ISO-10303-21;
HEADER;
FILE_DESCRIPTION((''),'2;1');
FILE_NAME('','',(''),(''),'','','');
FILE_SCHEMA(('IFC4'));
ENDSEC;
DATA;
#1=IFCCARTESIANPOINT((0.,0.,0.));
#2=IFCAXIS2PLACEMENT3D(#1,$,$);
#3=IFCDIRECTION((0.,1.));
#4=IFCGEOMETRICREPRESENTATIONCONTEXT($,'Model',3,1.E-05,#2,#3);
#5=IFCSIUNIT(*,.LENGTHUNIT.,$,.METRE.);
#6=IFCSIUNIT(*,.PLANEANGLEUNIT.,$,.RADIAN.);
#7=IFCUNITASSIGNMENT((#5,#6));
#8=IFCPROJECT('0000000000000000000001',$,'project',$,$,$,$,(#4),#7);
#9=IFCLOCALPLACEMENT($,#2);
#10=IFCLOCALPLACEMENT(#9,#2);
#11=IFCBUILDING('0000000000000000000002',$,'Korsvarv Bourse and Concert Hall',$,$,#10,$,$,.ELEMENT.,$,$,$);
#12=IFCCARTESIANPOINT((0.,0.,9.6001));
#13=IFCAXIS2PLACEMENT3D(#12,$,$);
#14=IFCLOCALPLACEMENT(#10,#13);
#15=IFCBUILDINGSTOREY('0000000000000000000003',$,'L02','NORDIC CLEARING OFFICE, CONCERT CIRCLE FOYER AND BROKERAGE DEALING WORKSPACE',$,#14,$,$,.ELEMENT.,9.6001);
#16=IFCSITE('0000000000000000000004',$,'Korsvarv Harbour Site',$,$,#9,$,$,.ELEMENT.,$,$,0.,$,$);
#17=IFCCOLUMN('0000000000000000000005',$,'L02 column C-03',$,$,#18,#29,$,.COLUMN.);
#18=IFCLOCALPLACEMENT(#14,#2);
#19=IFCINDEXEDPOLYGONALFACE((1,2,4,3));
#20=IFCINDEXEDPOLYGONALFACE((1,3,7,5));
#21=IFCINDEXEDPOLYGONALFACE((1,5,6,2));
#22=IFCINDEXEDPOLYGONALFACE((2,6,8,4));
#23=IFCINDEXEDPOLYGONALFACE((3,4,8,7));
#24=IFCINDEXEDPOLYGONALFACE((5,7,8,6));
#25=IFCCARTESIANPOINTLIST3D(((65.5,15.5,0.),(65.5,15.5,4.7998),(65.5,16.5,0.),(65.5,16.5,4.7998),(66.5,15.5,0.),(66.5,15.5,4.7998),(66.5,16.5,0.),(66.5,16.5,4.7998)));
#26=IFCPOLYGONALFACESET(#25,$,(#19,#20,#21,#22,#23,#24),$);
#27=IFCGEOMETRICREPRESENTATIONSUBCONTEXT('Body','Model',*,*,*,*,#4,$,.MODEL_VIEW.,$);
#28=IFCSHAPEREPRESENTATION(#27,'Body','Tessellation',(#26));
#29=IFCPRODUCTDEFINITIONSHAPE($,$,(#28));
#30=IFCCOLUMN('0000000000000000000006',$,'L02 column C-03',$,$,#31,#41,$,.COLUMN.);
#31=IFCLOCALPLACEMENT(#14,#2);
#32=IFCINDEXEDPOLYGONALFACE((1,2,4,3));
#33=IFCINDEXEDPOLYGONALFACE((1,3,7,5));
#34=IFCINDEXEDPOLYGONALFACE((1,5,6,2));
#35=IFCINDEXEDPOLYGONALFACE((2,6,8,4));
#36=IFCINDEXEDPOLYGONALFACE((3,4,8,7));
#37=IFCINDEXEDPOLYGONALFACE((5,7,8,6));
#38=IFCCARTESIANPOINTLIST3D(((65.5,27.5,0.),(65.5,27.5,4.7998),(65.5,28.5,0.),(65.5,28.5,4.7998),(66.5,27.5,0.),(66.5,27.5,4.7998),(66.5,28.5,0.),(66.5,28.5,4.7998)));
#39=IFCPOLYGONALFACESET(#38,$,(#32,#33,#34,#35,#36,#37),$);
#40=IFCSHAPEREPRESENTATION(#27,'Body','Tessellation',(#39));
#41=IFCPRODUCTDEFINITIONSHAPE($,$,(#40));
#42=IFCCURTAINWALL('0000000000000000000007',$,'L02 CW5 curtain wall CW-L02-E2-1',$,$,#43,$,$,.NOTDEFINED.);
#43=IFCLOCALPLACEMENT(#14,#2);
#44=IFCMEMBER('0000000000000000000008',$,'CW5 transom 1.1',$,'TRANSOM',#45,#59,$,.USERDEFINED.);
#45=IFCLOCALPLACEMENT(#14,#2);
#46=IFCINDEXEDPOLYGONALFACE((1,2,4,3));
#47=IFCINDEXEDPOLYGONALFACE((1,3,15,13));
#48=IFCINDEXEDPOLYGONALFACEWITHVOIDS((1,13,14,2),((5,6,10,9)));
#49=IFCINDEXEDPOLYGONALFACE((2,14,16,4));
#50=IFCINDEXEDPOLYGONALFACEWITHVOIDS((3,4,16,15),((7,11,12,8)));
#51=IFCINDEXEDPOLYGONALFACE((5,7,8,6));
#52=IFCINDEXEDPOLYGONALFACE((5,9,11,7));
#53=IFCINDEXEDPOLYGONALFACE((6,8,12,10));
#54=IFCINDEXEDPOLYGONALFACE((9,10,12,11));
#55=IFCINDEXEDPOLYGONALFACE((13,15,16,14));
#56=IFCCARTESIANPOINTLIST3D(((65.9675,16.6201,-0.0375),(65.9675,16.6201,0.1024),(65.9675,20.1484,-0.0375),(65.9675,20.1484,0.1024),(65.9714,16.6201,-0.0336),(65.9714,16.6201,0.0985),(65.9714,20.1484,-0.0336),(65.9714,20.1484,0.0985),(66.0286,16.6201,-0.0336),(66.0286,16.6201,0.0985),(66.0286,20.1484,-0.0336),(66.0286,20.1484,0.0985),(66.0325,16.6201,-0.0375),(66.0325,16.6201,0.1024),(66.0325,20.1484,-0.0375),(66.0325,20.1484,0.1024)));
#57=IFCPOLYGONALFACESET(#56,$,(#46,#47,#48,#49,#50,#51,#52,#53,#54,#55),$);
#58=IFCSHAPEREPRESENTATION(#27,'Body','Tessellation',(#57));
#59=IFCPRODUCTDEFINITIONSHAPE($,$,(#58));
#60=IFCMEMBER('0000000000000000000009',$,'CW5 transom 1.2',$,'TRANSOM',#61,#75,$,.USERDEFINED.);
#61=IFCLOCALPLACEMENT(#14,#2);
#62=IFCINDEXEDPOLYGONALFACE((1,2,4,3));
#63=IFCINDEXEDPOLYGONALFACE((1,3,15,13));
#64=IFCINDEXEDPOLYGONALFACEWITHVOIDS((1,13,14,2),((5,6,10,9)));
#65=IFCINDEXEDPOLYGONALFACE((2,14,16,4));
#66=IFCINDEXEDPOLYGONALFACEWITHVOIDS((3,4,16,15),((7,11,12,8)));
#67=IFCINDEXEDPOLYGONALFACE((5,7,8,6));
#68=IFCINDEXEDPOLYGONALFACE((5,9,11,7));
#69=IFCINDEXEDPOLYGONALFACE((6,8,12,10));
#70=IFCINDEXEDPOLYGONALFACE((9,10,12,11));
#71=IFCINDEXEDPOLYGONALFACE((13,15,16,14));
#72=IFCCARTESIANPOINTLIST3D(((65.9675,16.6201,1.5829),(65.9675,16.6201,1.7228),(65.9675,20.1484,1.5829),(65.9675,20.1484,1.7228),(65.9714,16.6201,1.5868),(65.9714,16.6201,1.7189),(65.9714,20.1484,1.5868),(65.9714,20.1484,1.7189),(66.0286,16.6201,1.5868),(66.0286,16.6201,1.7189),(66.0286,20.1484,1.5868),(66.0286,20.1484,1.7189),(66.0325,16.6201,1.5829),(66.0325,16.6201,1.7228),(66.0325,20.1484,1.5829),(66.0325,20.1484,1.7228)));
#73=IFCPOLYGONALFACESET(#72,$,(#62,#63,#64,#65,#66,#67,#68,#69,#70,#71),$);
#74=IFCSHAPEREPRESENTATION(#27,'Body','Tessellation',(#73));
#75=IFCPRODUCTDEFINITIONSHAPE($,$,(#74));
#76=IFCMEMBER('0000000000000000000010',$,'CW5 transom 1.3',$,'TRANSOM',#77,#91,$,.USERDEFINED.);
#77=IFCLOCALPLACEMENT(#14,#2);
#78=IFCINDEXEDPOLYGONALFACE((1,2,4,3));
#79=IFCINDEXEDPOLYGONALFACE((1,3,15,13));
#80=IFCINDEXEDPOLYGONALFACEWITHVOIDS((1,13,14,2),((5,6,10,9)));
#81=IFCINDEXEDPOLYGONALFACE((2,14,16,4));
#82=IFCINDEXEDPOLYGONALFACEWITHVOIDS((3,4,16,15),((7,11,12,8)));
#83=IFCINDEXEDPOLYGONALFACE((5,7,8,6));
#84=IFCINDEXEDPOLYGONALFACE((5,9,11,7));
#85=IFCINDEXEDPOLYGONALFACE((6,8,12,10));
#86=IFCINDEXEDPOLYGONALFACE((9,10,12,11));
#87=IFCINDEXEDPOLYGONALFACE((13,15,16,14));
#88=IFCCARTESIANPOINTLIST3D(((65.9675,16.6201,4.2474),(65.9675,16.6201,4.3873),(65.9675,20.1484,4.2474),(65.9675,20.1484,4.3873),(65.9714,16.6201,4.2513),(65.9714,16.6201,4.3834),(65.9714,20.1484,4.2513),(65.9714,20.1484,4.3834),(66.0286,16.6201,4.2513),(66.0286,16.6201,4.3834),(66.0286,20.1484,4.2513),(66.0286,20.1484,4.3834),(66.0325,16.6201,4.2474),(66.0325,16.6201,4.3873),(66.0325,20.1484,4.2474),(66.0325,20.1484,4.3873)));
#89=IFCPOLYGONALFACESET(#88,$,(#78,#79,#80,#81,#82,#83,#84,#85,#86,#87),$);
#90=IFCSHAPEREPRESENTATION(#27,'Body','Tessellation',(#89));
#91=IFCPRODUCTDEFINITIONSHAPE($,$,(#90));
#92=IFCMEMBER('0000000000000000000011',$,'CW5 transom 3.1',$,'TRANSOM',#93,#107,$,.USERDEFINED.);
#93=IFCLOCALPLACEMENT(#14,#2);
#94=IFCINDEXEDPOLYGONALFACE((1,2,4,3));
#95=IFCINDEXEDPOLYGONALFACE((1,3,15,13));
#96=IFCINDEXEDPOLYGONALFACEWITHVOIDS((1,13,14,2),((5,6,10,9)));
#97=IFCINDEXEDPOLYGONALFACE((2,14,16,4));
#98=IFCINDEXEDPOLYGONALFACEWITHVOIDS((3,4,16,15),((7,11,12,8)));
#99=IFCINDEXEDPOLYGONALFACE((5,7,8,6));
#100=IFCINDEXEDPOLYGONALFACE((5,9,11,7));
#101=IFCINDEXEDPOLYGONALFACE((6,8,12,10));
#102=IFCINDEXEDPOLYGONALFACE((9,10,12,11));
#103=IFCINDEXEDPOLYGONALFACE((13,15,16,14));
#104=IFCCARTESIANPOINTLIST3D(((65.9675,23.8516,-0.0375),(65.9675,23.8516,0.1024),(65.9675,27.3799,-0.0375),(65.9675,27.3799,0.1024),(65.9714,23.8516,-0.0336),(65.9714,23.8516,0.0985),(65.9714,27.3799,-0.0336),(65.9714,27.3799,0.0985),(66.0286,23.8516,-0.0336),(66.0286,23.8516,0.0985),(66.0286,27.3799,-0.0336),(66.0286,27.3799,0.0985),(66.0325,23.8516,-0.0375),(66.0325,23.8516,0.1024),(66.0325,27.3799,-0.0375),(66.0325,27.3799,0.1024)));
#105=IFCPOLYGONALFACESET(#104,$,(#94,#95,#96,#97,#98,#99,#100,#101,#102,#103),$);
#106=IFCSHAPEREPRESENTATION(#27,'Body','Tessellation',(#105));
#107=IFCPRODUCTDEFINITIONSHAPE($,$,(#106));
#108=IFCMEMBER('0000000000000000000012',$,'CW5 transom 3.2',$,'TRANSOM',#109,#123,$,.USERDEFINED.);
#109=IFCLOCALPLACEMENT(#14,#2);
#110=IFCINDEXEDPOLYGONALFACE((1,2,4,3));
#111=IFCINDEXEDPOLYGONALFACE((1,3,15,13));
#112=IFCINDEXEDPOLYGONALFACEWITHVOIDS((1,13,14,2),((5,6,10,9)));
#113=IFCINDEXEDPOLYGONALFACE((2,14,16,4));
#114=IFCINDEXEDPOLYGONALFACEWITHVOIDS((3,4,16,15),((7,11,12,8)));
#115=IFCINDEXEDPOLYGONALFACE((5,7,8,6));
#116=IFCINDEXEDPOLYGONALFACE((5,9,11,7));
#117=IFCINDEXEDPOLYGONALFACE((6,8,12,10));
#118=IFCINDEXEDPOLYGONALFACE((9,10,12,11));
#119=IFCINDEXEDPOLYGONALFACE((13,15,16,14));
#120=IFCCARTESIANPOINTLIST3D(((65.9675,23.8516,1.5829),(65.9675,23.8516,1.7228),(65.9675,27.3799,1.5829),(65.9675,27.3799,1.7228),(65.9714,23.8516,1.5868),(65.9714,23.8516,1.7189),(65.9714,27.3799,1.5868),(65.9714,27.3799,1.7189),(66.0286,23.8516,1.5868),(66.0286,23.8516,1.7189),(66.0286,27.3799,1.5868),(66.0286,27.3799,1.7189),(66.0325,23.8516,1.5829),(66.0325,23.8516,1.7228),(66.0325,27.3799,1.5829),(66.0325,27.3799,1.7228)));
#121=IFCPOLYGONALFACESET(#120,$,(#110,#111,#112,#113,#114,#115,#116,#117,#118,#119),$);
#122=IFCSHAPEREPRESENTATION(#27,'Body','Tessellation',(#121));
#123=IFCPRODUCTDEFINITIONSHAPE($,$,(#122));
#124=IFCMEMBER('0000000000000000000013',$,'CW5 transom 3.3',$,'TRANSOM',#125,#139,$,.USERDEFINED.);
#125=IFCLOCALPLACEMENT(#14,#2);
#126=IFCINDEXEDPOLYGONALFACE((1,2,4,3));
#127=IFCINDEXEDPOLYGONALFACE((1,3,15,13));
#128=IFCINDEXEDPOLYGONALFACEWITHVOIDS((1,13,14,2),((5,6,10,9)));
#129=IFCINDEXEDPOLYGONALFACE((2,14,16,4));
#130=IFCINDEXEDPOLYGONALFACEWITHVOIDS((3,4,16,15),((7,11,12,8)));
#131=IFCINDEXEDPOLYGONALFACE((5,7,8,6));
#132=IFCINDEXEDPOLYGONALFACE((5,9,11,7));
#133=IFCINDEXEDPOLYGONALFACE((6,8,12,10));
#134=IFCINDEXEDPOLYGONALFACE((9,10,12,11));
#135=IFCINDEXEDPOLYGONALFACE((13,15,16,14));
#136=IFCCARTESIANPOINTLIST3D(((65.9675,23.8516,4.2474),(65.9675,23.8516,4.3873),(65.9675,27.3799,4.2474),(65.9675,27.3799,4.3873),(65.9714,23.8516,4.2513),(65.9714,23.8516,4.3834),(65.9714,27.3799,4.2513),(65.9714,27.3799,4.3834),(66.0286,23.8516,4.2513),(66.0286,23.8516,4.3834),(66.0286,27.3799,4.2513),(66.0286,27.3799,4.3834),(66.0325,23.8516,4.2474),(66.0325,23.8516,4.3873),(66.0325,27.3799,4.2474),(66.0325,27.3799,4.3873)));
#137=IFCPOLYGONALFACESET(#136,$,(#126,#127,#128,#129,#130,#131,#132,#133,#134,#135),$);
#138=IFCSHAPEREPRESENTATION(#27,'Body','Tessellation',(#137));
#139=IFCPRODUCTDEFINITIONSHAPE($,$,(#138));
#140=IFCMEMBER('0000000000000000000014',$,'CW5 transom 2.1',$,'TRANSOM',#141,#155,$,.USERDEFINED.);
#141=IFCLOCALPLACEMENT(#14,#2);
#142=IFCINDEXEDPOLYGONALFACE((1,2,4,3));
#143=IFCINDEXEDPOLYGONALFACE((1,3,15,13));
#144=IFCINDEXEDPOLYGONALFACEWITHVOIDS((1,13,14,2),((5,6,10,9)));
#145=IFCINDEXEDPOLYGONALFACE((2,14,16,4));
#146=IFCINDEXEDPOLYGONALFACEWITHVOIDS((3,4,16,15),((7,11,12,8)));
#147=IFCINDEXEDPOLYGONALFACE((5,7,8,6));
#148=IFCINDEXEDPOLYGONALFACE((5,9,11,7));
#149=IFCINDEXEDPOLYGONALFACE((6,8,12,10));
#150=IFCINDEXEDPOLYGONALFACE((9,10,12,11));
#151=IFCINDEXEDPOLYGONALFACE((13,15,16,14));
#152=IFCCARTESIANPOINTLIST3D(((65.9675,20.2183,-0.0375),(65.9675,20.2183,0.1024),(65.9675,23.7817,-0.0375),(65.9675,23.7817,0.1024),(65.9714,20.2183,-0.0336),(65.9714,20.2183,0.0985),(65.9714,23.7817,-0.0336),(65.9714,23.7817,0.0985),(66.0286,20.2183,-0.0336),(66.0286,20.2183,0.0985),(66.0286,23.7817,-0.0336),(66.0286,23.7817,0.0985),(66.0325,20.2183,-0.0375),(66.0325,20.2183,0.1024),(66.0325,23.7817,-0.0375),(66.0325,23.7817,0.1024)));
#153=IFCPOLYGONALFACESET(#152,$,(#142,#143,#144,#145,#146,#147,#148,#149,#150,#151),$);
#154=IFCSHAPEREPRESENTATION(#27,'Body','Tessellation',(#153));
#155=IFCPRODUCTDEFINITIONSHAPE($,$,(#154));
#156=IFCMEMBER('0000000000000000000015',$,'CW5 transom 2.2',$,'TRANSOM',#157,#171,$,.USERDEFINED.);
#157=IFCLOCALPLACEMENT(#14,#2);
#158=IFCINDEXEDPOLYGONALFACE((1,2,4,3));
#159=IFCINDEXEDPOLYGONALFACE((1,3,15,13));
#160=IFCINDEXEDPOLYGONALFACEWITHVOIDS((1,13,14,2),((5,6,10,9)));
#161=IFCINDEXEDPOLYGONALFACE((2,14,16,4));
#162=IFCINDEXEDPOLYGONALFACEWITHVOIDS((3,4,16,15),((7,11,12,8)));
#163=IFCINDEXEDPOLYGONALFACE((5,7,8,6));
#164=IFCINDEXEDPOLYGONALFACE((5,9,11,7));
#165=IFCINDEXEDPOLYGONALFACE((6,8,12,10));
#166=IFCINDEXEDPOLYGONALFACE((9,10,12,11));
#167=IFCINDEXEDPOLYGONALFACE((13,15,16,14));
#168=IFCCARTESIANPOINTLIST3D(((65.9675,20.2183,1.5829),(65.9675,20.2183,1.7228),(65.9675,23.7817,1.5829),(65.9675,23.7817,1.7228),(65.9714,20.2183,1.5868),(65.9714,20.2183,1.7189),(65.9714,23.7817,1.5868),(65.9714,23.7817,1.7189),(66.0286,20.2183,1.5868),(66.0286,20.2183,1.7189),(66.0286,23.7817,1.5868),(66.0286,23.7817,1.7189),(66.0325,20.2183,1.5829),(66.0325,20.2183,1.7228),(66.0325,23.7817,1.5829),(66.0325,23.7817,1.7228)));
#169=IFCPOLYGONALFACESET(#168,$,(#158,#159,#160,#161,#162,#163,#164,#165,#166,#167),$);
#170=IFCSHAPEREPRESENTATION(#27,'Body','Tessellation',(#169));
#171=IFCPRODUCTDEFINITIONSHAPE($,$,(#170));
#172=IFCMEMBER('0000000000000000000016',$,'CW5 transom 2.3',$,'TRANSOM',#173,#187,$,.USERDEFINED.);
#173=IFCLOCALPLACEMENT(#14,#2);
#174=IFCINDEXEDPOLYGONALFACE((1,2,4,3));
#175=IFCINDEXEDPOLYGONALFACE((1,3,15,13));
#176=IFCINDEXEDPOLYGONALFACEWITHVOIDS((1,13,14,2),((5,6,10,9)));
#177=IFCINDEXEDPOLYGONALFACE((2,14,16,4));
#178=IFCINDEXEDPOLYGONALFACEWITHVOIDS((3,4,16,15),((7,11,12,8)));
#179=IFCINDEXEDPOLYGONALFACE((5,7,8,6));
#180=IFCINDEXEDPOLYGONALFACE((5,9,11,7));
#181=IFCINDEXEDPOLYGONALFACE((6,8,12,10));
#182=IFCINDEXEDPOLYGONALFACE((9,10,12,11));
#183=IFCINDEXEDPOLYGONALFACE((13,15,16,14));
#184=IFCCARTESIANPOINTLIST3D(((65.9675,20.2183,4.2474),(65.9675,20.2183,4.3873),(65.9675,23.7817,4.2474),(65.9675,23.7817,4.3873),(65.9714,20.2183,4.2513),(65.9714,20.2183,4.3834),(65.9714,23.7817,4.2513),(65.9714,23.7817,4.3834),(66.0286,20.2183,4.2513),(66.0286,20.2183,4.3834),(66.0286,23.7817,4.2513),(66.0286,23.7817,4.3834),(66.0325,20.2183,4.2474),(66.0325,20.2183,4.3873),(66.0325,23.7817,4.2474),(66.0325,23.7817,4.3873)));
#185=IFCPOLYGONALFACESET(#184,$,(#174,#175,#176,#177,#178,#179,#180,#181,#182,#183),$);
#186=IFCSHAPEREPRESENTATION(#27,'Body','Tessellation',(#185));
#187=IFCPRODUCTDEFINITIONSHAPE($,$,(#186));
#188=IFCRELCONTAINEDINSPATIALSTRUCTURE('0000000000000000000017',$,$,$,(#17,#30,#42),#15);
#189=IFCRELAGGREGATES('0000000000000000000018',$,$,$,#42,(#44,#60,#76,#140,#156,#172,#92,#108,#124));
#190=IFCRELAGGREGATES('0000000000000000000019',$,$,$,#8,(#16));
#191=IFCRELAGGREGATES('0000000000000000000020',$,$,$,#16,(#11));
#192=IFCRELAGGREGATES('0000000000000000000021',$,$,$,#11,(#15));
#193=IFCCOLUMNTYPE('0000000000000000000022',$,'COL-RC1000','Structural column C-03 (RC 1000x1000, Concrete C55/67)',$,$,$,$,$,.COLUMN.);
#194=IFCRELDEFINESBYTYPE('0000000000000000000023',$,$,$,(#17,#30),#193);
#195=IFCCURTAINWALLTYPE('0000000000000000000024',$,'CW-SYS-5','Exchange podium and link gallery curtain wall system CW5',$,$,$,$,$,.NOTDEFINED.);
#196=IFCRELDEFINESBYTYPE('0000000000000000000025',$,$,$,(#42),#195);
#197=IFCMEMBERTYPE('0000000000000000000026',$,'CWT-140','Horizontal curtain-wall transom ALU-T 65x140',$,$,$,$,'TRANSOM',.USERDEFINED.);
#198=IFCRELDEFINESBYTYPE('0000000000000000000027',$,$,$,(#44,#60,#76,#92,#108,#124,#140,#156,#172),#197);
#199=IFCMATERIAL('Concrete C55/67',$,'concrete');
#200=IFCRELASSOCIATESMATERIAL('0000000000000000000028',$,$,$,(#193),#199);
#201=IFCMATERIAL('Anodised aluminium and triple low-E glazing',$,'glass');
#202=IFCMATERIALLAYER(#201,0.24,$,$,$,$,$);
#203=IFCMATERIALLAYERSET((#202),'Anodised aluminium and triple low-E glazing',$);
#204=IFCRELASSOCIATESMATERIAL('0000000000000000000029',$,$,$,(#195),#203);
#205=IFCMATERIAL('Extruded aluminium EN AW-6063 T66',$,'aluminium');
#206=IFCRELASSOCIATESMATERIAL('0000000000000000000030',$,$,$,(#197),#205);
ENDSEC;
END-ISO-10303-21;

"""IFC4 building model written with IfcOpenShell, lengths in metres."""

from ifc_helpers import new_model, si_unit, direction, frame, origin, origin_2d, place, context, subcontext, project, spatial, rectangle, hollow_rectangle, extrude, source, transform, mapped, material, layer, layer_set, material_profile, profile_set, type_object, element, aggregate, save


model = new_model("IFC4")

# Units and contexts
model_context = context("Model", 3, precision=1e-05, world=origin(), true_north=direction((0.0, 1.0)))
body_context = subcontext(model_context, "Body", "Model", "MODEL_VIEW")
ifc_project = project(units=[si_unit("LENGTHUNIT", "METRE"), si_unit("PLANEANGLEUNIT", "RADIAN")], contexts=[model_context])

# Site, building, storey
site_placement = place(None, origin())
site = spatial("IfcSite", under=ifc_project, at=site_placement, Name="Korsvarv Harbour Site", CompositionType="ELEMENT", RefElevation=0.0)
building_placement = place(site_placement, origin())
building = spatial("IfcBuilding", under=site, at=building_placement, Name="Korsvarv Bourse and Concert Hall", CompositionType="ELEMENT")
storey_placement = place(building_placement, frame((0.0, 0.0, 9.6001)))
storey = spatial("IfcBuildingStorey", under=building, at=storey_placement, Name="L02", Description="NORDIC CLEARING OFFICE, CONCERT CIRCLE FOYER AND BROKERAGE DEALING WORKSPACE", CompositionType="ELEMENT", Elevation=9.6001)

# Columns
ifc_material_1 = material(Name="Concrete C55/67", Category="concrete")
ifc_material_profile_1 = material_profile(ifc_material_1, rectangle(XDim=1.0, YDim=1.0, at=origin_2d()), Name="RC 1000x1000")
ifc_profile_set_1 = profile_set([ifc_material_profile_1], Name="Concrete C55/67")
column_type = type_object("IfcColumnType", Name="COL-RC1000", Description="Structural column C-03 (RC 1000x1000, Concrete C55/67)", PredefinedType="COLUMN", material=ifc_profile_set_1)
shared_shape_1 = source(origin(), body_context, "Body", "SweptSolid", [
    extrude(rectangle(XDim=1.0, YDim=1.0, at=origin_2d()), origin(), (0.0, 0.0, 1.0), 4.7998),
])
for number, where, z_axis, x_axis, name in (
    (1, (66.0, 16.0, 0.0), (0.0, 0.0, 1.0), (1.0, 0.0, 0.0), "L02 column C-03"),
    (2, (66.0, 28.0, 0.0), (0.0, 0.0, 1.0), (1.0, 0.0, 0.0), "L02 column C-03"),
):
    element("IfcColumn", number, at=place(storey_placement, frame(where, z_axis=z_axis, x_axis=x_axis)), inside=storey, type_object=column_type, Name=name, PredefinedType="COLUMN", context=body_context, shape_type="MappedRepresentation", body=[
        mapped(shared_shape_1, transform((0.0, 0.0, 0.0), scale=1.0)),
    ])

# Curtain wall, members
ifc_material_2 = material(Name="Anodised aluminium and triple low-E glazing", Category="glass")
ifc_layer_1 = layer(ifc_material_2, 0.24)
ifc_layer_set_1 = layer_set([ifc_layer_1], Name="Anodised aluminium and triple low-E glazing")
curtain_wall_type = type_object("IfcCurtainWallType", Name="CW-SYS-5", Description="Exchange podium and link gallery curtain wall system CW5", PredefinedType="NOTDEFINED", material=ifc_layer_set_1)
curtain_wall_1_placement = place(storey_placement, origin())
curtain_wall_1 = element("IfcCurtainWall", 3, at=curtain_wall_1_placement, inside=storey, type_object=curtain_wall_type, Name="L02 CW5 curtain wall CW-L02-E2-1", PredefinedType="NOTDEFINED")
ifc_material_3 = material(Name="Extruded aluminium EN AW-6063 T66", Category="aluminium")
ifc_material_profile_2 = material_profile(ifc_material_3, hollow_rectangle(XDim=0.0649, YDim=0.1399, WallThickness=0.0039, at=origin_2d()), Name="ALU-T 65x140")
ifc_profile_set_2 = profile_set([ifc_material_profile_2], Name="Extruded aluminium EN AW-6063 T66")
member_type_1 = type_object("IfcMemberType", Name="CWT-140", Description="Horizontal curtain-wall transom ALU-T 65x140", ElementType="TRANSOM", PredefinedType="USERDEFINED", material=ifc_profile_set_2)
shared_shape_2 = source(origin(), body_context, "Body", "SweptSolid", [
    extrude(hollow_rectangle(XDim=0.0649, YDim=0.1399, WallThickness=0.0039, at=origin_2d()), origin(), (0.0, 0.0, 1.0), 3.5283),
])
member_1_placement = place(storey_placement, frame((66.0, 16.6201, 0.0325), z_axis=(0.0, 1.0, 0.0), x_axis=(-1.0, 0.0, 0.0)))
member_1 = element("IfcMember", 4, at=member_1_placement, type_object=member_type_1, Name="CW5 transom 1.1", ObjectType="TRANSOM", PredefinedType="USERDEFINED", context=body_context, shape_type="MappedRepresentation", body=[
    mapped(shared_shape_2, transform((0.0, 0.0, 0.0), scale=1.0)),
])
member_2_placement = place(storey_placement, frame((66.0, 16.6201, 1.6528), z_axis=(0.0, 1.0, 0.0), x_axis=(-1.0, 0.0, 0.0)))
member_2 = element("IfcMember", 5, at=member_2_placement, type_object=member_type_1, Name="CW5 transom 1.2", ObjectType="TRANSOM", PredefinedType="USERDEFINED", context=body_context, shape_type="MappedRepresentation", body=[
    mapped(shared_shape_2, transform((0.0, 0.0, 0.0), scale=1.0)),
])
member_3_placement = place(storey_placement, frame((66.0, 16.6201, 4.3174), z_axis=(0.0, 1.0, 0.0), x_axis=(-1.0, 0.0, 0.0)))
member_3 = element("IfcMember", 6, at=member_3_placement, type_object=member_type_1, Name="CW5 transom 1.3", ObjectType="TRANSOM", PredefinedType="USERDEFINED", context=body_context, shape_type="MappedRepresentation", body=[
    mapped(shared_shape_2, transform((0.0, 0.0, 0.0), scale=1.0)),
])
member_4_placement = place(storey_placement, frame((66.0, 23.8516, 0.0325), z_axis=(0.0, 1.0, 0.0), x_axis=(-1.0, 0.0, 0.0)))
member_4 = element("IfcMember", 7, at=member_4_placement, type_object=member_type_1, Name="CW5 transom 3.1", ObjectType="TRANSOM", PredefinedType="USERDEFINED", context=body_context, shape_type="MappedRepresentation", body=[
    mapped(shared_shape_2, transform((0.0, 0.0, 0.0), scale=1.0)),
])
member_5_placement = place(storey_placement, frame((66.0, 23.8516, 1.6528), z_axis=(0.0, 1.0, 0.0), x_axis=(-1.0, 0.0, 0.0)))
member_5 = element("IfcMember", 8, at=member_5_placement, type_object=member_type_1, Name="CW5 transom 3.2", ObjectType="TRANSOM", PredefinedType="USERDEFINED", context=body_context, shape_type="MappedRepresentation", body=[
    mapped(shared_shape_2, transform((0.0, 0.0, 0.0), scale=1.0)),
])
member_6_placement = place(storey_placement, frame((66.0, 23.8516, 4.3174), z_axis=(0.0, 1.0, 0.0), x_axis=(-1.0, 0.0, 0.0)))
member_6 = element("IfcMember", 9, at=member_6_placement, type_object=member_type_1, Name="CW5 transom 3.3", ObjectType="TRANSOM", PredefinedType="USERDEFINED", context=body_context, shape_type="MappedRepresentation", body=[
    mapped(shared_shape_2, transform((0.0, 0.0, 0.0), scale=1.0)),
])
shared_shape_3 = source(origin(), body_context, "Body", "SweptSolid", [
    extrude(hollow_rectangle(XDim=0.0649, YDim=0.1399, WallThickness=0.0039, at=origin_2d()), origin(), (0.0, 0.0, 1.0), 3.5635),
])
member_7_placement = place(storey_placement, frame((66.0, 20.2183, 0.0325), z_axis=(0.0, 1.0, 0.0), x_axis=(-1.0, 0.0, 0.0)))
member_7 = element("IfcMember", 10, at=member_7_placement, type_object=member_type_1, Name="CW5 transom 2.1", ObjectType="TRANSOM", PredefinedType="USERDEFINED", context=body_context, shape_type="MappedRepresentation", body=[
    mapped(shared_shape_3, transform((0.0, 0.0, 0.0), scale=1.0)),
])
member_8_placement = place(storey_placement, frame((66.0, 20.2183, 1.6528), z_axis=(0.0, 1.0, 0.0), x_axis=(-1.0, 0.0, 0.0)))
member_8 = element("IfcMember", 11, at=member_8_placement, type_object=member_type_1, Name="CW5 transom 2.2", ObjectType="TRANSOM", PredefinedType="USERDEFINED", context=body_context, shape_type="MappedRepresentation", body=[
    mapped(shared_shape_3, transform((0.0, 0.0, 0.0), scale=1.0)),
])
member_9_placement = place(storey_placement, frame((66.0, 20.2183, 4.3174), z_axis=(0.0, 1.0, 0.0), x_axis=(-1.0, 0.0, 0.0)))
member_9 = element("IfcMember", 12, at=member_9_placement, type_object=member_type_1, Name="CW5 transom 2.3", ObjectType="TRANSOM", PredefinedType="USERDEFINED", context=body_context, shape_type="MappedRepresentation", body=[
    mapped(shared_shape_3, transform((0.0, 0.0, 0.0), scale=1.0)),
])

aggregate(curtain_wall_1, [member_1, member_2, member_3, member_7, member_8, member_9, member_4, member_5, member_6])

save(model, "model.ifc")
